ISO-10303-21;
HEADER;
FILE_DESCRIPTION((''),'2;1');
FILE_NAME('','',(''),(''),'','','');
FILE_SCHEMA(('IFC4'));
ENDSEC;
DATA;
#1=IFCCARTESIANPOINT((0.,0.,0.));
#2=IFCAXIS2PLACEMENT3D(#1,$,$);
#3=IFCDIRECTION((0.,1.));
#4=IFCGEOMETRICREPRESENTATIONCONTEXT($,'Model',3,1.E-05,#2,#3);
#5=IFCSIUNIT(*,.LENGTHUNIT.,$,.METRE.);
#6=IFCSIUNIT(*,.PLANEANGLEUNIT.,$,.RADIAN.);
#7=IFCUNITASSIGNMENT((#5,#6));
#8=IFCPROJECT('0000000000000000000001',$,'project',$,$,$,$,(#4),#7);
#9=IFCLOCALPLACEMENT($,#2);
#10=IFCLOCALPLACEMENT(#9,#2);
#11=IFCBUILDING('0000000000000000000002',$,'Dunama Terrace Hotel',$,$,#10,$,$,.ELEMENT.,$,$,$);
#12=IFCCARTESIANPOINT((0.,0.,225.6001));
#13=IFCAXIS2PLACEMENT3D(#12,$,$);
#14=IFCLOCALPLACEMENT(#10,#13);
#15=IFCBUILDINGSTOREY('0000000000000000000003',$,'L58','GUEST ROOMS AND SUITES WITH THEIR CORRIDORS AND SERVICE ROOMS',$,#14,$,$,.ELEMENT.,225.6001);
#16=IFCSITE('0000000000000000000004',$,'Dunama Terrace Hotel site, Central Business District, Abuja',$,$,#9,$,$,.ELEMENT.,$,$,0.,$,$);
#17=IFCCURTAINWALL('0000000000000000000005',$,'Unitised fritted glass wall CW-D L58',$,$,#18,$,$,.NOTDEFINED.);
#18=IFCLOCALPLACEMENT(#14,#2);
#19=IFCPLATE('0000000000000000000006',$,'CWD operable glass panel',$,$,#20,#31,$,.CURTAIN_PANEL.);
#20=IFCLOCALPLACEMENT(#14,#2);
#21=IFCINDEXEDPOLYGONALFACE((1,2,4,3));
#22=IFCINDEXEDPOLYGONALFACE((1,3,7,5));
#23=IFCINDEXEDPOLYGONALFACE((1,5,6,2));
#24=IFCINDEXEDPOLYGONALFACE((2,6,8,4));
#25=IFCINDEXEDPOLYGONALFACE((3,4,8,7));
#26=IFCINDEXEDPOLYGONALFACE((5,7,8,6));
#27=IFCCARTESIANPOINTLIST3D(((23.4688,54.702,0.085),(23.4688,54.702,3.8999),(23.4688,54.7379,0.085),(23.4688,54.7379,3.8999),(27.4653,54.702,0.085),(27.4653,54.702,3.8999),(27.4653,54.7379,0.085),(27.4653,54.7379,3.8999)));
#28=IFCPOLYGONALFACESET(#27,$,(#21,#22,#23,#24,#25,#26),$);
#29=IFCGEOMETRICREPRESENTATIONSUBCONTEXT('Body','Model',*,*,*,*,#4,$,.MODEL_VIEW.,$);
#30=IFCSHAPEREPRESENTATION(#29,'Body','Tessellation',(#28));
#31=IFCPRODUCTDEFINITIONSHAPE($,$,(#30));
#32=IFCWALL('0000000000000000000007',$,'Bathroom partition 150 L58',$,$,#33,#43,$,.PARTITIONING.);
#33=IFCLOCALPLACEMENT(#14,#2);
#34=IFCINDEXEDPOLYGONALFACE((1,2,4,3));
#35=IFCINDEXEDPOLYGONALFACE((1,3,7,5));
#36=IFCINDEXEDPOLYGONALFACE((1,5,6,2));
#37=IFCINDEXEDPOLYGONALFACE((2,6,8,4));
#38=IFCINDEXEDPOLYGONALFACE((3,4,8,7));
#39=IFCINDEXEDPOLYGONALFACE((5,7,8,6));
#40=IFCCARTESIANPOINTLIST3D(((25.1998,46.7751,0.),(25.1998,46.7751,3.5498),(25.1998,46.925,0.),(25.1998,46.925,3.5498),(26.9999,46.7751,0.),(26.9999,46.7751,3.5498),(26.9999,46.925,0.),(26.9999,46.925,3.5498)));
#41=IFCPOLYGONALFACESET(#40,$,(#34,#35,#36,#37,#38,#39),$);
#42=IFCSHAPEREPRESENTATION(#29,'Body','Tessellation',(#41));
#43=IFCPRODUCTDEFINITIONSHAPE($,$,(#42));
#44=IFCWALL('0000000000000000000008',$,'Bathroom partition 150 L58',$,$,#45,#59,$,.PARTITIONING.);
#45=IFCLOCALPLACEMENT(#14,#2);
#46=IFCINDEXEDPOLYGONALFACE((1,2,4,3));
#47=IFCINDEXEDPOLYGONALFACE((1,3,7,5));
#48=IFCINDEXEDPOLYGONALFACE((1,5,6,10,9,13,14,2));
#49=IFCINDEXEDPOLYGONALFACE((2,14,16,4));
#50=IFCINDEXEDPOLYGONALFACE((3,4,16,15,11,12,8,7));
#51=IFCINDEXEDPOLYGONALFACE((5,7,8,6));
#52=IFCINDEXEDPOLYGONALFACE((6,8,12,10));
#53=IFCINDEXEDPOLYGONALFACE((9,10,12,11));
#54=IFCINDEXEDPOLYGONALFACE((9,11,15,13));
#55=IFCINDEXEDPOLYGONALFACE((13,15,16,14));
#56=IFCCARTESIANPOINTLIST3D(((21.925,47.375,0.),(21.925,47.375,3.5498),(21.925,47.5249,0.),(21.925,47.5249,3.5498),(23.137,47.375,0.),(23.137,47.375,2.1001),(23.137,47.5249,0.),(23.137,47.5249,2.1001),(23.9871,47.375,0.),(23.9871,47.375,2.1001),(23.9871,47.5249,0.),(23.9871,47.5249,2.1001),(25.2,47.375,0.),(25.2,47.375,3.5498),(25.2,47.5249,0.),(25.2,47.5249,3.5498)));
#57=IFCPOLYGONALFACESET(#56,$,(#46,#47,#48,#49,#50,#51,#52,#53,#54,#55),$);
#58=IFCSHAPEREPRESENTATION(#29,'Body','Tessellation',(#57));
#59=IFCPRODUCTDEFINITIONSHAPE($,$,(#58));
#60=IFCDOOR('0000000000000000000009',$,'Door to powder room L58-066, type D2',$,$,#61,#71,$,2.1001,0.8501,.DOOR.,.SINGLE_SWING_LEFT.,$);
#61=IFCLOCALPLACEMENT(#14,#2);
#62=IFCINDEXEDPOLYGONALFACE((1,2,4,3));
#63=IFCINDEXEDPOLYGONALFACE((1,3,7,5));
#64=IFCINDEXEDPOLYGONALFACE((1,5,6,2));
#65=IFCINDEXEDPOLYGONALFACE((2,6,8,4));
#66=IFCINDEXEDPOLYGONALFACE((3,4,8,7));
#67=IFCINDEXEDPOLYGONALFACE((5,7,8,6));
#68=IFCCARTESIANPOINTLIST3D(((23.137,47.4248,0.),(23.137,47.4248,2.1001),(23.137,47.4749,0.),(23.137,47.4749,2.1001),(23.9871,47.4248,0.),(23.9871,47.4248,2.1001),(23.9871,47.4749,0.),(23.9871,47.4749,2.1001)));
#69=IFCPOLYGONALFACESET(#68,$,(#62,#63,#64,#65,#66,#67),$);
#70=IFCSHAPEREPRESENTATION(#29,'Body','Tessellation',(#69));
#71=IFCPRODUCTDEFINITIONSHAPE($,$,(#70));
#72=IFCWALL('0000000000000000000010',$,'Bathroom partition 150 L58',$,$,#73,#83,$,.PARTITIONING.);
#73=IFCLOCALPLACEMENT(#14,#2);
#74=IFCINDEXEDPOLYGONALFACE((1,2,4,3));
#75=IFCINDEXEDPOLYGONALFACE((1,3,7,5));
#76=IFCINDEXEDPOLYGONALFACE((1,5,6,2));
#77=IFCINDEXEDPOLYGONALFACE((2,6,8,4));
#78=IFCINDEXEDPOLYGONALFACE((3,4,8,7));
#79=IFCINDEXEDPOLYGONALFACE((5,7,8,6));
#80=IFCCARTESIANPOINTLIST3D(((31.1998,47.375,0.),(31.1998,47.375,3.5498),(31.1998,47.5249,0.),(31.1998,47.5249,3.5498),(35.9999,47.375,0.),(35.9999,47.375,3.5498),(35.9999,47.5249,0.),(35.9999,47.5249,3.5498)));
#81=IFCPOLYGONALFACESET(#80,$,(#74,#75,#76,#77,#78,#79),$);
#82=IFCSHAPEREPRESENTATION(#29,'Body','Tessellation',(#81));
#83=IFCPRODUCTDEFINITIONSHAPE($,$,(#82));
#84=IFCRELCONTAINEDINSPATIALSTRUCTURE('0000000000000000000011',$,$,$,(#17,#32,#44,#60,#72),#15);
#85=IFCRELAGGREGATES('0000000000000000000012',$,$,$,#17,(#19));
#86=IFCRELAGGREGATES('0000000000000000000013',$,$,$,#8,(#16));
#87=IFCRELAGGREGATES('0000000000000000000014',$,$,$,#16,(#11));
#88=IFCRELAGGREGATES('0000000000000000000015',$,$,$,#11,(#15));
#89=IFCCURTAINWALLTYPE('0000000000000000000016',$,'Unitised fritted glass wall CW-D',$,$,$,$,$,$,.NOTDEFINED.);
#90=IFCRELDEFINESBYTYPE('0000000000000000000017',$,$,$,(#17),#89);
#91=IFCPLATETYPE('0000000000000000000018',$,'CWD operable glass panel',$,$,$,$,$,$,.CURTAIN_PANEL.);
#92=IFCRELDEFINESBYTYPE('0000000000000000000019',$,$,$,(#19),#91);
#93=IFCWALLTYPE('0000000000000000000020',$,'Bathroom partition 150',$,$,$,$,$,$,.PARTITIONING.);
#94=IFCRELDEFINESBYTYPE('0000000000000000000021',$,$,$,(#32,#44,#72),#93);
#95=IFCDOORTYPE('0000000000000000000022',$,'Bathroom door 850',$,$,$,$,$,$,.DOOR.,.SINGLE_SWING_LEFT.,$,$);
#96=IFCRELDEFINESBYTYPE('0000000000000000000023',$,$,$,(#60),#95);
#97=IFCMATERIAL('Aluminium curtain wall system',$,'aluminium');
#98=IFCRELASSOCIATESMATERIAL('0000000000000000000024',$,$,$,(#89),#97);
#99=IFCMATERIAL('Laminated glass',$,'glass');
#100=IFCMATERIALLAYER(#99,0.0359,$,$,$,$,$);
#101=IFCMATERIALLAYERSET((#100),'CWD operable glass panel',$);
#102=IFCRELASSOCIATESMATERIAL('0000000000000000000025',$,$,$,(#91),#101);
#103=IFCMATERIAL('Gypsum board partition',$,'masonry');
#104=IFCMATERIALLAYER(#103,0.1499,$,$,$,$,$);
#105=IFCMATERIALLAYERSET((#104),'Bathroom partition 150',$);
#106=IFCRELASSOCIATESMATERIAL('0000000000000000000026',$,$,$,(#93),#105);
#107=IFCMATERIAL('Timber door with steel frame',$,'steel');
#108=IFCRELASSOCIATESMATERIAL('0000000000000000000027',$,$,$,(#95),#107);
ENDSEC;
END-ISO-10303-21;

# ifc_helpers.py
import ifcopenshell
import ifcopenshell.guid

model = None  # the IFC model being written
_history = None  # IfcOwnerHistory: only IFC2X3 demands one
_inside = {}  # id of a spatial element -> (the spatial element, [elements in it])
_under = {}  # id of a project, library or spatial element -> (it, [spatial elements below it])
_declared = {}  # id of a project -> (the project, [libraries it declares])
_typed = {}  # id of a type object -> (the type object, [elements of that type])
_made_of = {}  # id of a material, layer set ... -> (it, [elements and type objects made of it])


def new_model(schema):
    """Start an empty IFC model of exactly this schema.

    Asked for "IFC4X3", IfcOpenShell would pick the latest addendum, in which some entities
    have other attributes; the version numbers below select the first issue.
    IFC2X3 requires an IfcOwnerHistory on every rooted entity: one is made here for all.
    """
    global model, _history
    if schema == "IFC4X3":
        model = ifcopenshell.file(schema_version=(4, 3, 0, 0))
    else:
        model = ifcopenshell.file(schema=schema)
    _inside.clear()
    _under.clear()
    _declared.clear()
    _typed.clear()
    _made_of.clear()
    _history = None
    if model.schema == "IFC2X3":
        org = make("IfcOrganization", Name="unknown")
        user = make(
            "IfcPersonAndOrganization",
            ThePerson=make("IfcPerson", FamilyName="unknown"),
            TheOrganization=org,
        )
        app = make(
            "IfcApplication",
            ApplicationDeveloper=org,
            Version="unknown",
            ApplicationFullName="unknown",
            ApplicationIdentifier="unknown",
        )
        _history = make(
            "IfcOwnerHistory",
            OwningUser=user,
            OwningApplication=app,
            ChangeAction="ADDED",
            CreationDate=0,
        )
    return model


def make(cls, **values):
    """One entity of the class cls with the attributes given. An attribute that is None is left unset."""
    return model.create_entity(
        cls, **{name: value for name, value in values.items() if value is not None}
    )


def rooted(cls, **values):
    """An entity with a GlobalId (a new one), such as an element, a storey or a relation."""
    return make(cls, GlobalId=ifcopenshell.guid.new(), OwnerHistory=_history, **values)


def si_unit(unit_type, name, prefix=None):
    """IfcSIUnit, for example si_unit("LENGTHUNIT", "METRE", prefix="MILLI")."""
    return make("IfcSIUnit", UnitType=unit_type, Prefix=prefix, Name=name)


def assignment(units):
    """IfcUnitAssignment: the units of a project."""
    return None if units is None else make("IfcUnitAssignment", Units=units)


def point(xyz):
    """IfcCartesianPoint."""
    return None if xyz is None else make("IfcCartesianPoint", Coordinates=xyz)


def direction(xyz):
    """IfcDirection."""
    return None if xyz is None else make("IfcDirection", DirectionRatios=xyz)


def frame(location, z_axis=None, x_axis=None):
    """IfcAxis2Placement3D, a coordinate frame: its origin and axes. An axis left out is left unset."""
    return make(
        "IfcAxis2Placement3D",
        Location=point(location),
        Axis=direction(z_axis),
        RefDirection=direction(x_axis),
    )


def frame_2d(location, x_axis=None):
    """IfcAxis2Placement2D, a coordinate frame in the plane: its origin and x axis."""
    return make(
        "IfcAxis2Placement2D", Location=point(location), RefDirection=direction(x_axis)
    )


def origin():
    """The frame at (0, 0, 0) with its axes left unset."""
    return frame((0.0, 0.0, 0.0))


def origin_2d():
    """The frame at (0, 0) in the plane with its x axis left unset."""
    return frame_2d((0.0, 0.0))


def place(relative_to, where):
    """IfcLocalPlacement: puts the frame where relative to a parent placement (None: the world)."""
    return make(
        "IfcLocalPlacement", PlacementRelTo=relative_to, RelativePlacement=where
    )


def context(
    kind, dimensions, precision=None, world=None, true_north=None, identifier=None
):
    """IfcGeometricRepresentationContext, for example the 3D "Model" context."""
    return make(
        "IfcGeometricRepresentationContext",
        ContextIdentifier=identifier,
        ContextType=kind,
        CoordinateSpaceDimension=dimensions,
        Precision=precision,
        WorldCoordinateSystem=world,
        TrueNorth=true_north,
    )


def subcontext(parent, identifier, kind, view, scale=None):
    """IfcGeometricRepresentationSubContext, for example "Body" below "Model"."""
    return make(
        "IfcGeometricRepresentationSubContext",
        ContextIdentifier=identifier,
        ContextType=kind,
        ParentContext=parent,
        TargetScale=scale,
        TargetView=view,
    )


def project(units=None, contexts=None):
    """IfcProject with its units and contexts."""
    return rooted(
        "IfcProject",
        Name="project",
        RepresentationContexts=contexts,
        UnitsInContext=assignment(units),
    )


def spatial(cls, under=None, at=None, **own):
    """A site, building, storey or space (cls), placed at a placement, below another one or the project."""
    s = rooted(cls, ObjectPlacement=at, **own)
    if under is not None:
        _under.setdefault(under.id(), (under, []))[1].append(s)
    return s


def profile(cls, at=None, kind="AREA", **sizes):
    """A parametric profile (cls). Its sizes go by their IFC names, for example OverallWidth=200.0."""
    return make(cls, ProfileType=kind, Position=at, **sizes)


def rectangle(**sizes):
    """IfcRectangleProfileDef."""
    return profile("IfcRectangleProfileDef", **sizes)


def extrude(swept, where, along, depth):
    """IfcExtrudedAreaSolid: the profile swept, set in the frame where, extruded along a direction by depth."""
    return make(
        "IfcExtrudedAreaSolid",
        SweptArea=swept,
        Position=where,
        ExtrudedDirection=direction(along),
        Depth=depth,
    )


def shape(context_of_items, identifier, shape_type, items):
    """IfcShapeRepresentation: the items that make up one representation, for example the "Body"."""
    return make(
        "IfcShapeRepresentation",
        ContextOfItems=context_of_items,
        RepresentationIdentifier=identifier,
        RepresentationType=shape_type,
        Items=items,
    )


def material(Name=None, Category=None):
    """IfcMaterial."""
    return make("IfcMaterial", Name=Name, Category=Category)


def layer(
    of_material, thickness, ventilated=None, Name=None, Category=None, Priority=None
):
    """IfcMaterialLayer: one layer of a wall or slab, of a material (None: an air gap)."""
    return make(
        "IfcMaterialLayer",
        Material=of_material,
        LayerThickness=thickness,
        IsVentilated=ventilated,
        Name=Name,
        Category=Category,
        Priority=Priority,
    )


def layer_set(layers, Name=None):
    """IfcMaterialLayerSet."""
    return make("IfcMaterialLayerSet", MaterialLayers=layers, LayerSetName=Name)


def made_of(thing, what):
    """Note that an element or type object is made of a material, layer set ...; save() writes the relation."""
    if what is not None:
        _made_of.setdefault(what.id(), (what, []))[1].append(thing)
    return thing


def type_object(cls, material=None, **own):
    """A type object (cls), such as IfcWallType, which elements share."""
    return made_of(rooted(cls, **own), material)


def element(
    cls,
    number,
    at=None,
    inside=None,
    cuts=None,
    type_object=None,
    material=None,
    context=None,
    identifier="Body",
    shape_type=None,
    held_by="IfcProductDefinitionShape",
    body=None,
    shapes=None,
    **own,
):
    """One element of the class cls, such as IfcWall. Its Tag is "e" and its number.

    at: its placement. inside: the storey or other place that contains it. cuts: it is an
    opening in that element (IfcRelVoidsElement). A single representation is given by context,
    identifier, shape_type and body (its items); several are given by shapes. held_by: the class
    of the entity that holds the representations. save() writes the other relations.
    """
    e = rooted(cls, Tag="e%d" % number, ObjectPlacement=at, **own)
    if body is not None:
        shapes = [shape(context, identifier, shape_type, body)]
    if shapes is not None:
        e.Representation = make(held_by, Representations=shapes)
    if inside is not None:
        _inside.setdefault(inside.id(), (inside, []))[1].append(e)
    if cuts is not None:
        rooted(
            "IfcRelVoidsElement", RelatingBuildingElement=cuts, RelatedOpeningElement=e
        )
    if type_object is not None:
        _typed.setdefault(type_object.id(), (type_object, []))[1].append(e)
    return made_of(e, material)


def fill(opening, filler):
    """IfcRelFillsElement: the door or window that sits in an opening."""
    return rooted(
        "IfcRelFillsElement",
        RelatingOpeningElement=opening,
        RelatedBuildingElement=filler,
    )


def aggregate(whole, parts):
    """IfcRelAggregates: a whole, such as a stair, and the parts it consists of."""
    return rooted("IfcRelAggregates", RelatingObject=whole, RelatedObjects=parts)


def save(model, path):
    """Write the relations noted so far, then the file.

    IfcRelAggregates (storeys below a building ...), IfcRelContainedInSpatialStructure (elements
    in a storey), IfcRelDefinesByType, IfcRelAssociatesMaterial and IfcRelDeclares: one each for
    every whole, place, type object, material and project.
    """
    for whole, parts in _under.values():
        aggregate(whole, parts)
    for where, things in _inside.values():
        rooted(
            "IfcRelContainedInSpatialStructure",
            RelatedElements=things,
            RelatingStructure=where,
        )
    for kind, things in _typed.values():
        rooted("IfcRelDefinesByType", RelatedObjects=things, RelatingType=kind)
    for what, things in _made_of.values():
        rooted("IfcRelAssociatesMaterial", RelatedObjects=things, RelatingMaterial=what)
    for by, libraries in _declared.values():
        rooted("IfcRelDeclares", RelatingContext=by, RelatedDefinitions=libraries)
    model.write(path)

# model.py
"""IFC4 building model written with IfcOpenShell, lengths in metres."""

from ifc_helpers import new_model, si_unit, direction, frame, frame_2d, origin, origin_2d, place, context, subcontext, project, spatial, rectangle, extrude, material, layer, layer_set, type_object, element, fill, aggregate, save


model = new_model("IFC4")

# Units and contexts
model_context = context("Model", 3, precision=1e-05, world=origin(), true_north=direction((0.0, 1.0)))
body_context = subcontext(model_context, "Body", "Model", "MODEL_VIEW")
ifc_project = project(units=[si_unit("LENGTHUNIT", "METRE"), si_unit("PLANEANGLEUNIT", "RADIAN")], contexts=[model_context])

# Site, building, storey
site_placement = place(None, origin())
site = spatial("IfcSite", under=ifc_project, at=site_placement, Name="Dunama Terrace Hotel site, Central Business District, Abuja", CompositionType="ELEMENT", RefElevation=0.0)
building_placement = place(site_placement, origin())
building = spatial("IfcBuilding", under=site, at=building_placement, Name="Dunama Terrace Hotel", CompositionType="ELEMENT")
storey_placement = place(building_placement, frame((0.0, 0.0, 225.6001)))
storey = spatial("IfcBuildingStorey", under=building, at=storey_placement, Name="L58", Description="GUEST ROOMS AND SUITES WITH THEIR CORRIDORS AND SERVICE ROOMS", CompositionType="ELEMENT", Elevation=225.6001)

# Curtain wall
ifc_material_1 = material(Name="Aluminium curtain wall system", Category="aluminium")
curtain_wall_type = type_object("IfcCurtainWallType", Name="Unitised fritted glass wall CW-D", PredefinedType="NOTDEFINED", material=ifc_material_1)
curtain_wall_placement = place(storey_placement, origin())
curtain_wall = element("IfcCurtainWall", 1, at=curtain_wall_placement, inside=storey, type_object=curtain_wall_type, Name="Unitised fritted glass wall CW-D L58", PredefinedType="NOTDEFINED")

# Plate
ifc_material_2 = material(Name="Laminated glass", Category="glass")
ifc_layer_1 = layer(ifc_material_2, 0.0359)
ifc_layer_set_1 = layer_set([ifc_layer_1], Name="CWD operable glass panel")
plate_type_1 = type_object("IfcPlateType", Name="CWD operable glass panel", PredefinedType="CURTAIN_PANEL", material=ifc_layer_set_1)
plate_1_placement = place(storey_placement, frame((25.467, 54.72, 0.085), z_axis=(0.0, 0.0, 1.0), x_axis=(-1.0, 0.0, 0.0)))
plate_1 = element("IfcPlate", 2, at=plate_1_placement, type_object=plate_type_1, Name="CWD operable glass panel", PredefinedType="CURTAIN_PANEL", context=body_context, shape_type="SweptSolid", body=[
    extrude(rectangle(XDim=3.9966, YDim=0.0359, at=origin_2d()), origin(), (0.0, 0.0, 1.0), 3.8149),
])
aggregate(curtain_wall, [plate_1])

# Wall
ifc_material_3 = material(Name="Gypsum board partition", Category="masonry")
ifc_layer_2 = layer(ifc_material_3, 0.1499)
ifc_layer_set_2 = layer_set([ifc_layer_2], Name="Bathroom partition 150")
wall_type = type_object("IfcWallType", Name="Bathroom partition 150", PredefinedType="PARTITIONING", material=ifc_layer_set_2)
wall_1_placement = place(storey_placement, frame((25.2, 46.8501, 0.0), z_axis=(0.0, 0.0, 1.0), x_axis=(1.0, 0.0, 0.0)))
element("IfcWall", 3, at=wall_1_placement, inside=storey, type_object=wall_type, Name="Bathroom partition 150 L58", PredefinedType="PARTITIONING", context=body_context, shape_type="SweptSolid", body=[
    extrude(rectangle(XDim=1.8, YDim=0.1499, at=frame_2d((0.8999, 0.0))), origin(), (0.0, 0.0, 1.0), 3.5498),
])

# Wall, opening, door
wall_2_placement = place(storey_placement, frame((21.925, 47.45, 0.0), z_axis=(0.0, 0.0, 1.0), x_axis=(1.0, 0.0, 0.0)))
wall_2 = element("IfcWall", 4, at=wall_2_placement, inside=storey, type_object=wall_type, Name="Bathroom partition 150 L58", PredefinedType="PARTITIONING", context=body_context, shape_type="SweptSolid", body=[
    extrude(rectangle(XDim=3.2749, YDim=0.1499, at=frame_2d((1.6375, 0.0))), origin(), (0.0, 0.0, 1.0), 3.5498),
])
opening_placement = place(wall_2_placement, frame((1.2119, 0.0, 0.0)))
opening = element("IfcOpeningElement", 5, at=opening_placement, cuts=wall_2, PredefinedType="OPENING", context=body_context, shape_type="SweptSolid", body=[
    extrude(rectangle(XDim=0.8501, YDim=2.1001, at=frame_2d((0.425, 1.05))), frame((0.0, 0.085, 0.0), z_axis=(0.0, -1.0, 0.0), x_axis=(1.0, 0.0, 0.0)), (0.0, 0.0, 1.0), 0.1699),
])
ifc_material_4 = material(Name="Timber door with steel frame", Category="steel")
door_type = type_object("IfcDoorType", Name="Bathroom door 850", OperationType="SINGLE_SWING_LEFT", PredefinedType="DOOR", material=ifc_material_4)
door_placement = place(opening_placement, frame((0.8501, 0.0, 0.0), z_axis=(0.0, 0.0, 1.0), x_axis=(-1.0, 0.0, 0.0)))
door = element("IfcDoor", 6, at=door_placement, inside=storey, type_object=door_type, Name="Door to powder room L58-066, type D2", OperationType="SINGLE_SWING_LEFT", OverallHeight=2.1001, OverallWidth=0.8501, PredefinedType="DOOR", context=body_context, shape_type="SweptSolid", body=[
    extrude(rectangle(XDim=0.8501, YDim=2.1001, at=frame_2d((0.425, 1.05))), frame((0.0, 0.0251, 0.0), z_axis=(0.0, -1.0, 0.0), x_axis=(1.0, 0.0, 0.0)), (0.0, 0.0, 1.0), 0.05),
])
fill(opening, door)

# Wall
wall_3_placement = place(storey_placement, frame((31.2, 47.45, 0.0), z_axis=(0.0, 0.0, 1.0), x_axis=(1.0, 0.0, 0.0)))
element("IfcWall", 7, at=wall_3_placement, inside=storey, type_object=wall_type, Name="Bathroom partition 150 L58", PredefinedType="PARTITIONING", context=body_context, shape_type="SweptSolid", body=[
    extrude(rectangle(XDim=4.8, YDim=0.1499, at=frame_2d((2.3999, 0.0))), origin(), (0.0, 0.0, 1.0), 3.5498),
])

save(model, "model.ifc")
